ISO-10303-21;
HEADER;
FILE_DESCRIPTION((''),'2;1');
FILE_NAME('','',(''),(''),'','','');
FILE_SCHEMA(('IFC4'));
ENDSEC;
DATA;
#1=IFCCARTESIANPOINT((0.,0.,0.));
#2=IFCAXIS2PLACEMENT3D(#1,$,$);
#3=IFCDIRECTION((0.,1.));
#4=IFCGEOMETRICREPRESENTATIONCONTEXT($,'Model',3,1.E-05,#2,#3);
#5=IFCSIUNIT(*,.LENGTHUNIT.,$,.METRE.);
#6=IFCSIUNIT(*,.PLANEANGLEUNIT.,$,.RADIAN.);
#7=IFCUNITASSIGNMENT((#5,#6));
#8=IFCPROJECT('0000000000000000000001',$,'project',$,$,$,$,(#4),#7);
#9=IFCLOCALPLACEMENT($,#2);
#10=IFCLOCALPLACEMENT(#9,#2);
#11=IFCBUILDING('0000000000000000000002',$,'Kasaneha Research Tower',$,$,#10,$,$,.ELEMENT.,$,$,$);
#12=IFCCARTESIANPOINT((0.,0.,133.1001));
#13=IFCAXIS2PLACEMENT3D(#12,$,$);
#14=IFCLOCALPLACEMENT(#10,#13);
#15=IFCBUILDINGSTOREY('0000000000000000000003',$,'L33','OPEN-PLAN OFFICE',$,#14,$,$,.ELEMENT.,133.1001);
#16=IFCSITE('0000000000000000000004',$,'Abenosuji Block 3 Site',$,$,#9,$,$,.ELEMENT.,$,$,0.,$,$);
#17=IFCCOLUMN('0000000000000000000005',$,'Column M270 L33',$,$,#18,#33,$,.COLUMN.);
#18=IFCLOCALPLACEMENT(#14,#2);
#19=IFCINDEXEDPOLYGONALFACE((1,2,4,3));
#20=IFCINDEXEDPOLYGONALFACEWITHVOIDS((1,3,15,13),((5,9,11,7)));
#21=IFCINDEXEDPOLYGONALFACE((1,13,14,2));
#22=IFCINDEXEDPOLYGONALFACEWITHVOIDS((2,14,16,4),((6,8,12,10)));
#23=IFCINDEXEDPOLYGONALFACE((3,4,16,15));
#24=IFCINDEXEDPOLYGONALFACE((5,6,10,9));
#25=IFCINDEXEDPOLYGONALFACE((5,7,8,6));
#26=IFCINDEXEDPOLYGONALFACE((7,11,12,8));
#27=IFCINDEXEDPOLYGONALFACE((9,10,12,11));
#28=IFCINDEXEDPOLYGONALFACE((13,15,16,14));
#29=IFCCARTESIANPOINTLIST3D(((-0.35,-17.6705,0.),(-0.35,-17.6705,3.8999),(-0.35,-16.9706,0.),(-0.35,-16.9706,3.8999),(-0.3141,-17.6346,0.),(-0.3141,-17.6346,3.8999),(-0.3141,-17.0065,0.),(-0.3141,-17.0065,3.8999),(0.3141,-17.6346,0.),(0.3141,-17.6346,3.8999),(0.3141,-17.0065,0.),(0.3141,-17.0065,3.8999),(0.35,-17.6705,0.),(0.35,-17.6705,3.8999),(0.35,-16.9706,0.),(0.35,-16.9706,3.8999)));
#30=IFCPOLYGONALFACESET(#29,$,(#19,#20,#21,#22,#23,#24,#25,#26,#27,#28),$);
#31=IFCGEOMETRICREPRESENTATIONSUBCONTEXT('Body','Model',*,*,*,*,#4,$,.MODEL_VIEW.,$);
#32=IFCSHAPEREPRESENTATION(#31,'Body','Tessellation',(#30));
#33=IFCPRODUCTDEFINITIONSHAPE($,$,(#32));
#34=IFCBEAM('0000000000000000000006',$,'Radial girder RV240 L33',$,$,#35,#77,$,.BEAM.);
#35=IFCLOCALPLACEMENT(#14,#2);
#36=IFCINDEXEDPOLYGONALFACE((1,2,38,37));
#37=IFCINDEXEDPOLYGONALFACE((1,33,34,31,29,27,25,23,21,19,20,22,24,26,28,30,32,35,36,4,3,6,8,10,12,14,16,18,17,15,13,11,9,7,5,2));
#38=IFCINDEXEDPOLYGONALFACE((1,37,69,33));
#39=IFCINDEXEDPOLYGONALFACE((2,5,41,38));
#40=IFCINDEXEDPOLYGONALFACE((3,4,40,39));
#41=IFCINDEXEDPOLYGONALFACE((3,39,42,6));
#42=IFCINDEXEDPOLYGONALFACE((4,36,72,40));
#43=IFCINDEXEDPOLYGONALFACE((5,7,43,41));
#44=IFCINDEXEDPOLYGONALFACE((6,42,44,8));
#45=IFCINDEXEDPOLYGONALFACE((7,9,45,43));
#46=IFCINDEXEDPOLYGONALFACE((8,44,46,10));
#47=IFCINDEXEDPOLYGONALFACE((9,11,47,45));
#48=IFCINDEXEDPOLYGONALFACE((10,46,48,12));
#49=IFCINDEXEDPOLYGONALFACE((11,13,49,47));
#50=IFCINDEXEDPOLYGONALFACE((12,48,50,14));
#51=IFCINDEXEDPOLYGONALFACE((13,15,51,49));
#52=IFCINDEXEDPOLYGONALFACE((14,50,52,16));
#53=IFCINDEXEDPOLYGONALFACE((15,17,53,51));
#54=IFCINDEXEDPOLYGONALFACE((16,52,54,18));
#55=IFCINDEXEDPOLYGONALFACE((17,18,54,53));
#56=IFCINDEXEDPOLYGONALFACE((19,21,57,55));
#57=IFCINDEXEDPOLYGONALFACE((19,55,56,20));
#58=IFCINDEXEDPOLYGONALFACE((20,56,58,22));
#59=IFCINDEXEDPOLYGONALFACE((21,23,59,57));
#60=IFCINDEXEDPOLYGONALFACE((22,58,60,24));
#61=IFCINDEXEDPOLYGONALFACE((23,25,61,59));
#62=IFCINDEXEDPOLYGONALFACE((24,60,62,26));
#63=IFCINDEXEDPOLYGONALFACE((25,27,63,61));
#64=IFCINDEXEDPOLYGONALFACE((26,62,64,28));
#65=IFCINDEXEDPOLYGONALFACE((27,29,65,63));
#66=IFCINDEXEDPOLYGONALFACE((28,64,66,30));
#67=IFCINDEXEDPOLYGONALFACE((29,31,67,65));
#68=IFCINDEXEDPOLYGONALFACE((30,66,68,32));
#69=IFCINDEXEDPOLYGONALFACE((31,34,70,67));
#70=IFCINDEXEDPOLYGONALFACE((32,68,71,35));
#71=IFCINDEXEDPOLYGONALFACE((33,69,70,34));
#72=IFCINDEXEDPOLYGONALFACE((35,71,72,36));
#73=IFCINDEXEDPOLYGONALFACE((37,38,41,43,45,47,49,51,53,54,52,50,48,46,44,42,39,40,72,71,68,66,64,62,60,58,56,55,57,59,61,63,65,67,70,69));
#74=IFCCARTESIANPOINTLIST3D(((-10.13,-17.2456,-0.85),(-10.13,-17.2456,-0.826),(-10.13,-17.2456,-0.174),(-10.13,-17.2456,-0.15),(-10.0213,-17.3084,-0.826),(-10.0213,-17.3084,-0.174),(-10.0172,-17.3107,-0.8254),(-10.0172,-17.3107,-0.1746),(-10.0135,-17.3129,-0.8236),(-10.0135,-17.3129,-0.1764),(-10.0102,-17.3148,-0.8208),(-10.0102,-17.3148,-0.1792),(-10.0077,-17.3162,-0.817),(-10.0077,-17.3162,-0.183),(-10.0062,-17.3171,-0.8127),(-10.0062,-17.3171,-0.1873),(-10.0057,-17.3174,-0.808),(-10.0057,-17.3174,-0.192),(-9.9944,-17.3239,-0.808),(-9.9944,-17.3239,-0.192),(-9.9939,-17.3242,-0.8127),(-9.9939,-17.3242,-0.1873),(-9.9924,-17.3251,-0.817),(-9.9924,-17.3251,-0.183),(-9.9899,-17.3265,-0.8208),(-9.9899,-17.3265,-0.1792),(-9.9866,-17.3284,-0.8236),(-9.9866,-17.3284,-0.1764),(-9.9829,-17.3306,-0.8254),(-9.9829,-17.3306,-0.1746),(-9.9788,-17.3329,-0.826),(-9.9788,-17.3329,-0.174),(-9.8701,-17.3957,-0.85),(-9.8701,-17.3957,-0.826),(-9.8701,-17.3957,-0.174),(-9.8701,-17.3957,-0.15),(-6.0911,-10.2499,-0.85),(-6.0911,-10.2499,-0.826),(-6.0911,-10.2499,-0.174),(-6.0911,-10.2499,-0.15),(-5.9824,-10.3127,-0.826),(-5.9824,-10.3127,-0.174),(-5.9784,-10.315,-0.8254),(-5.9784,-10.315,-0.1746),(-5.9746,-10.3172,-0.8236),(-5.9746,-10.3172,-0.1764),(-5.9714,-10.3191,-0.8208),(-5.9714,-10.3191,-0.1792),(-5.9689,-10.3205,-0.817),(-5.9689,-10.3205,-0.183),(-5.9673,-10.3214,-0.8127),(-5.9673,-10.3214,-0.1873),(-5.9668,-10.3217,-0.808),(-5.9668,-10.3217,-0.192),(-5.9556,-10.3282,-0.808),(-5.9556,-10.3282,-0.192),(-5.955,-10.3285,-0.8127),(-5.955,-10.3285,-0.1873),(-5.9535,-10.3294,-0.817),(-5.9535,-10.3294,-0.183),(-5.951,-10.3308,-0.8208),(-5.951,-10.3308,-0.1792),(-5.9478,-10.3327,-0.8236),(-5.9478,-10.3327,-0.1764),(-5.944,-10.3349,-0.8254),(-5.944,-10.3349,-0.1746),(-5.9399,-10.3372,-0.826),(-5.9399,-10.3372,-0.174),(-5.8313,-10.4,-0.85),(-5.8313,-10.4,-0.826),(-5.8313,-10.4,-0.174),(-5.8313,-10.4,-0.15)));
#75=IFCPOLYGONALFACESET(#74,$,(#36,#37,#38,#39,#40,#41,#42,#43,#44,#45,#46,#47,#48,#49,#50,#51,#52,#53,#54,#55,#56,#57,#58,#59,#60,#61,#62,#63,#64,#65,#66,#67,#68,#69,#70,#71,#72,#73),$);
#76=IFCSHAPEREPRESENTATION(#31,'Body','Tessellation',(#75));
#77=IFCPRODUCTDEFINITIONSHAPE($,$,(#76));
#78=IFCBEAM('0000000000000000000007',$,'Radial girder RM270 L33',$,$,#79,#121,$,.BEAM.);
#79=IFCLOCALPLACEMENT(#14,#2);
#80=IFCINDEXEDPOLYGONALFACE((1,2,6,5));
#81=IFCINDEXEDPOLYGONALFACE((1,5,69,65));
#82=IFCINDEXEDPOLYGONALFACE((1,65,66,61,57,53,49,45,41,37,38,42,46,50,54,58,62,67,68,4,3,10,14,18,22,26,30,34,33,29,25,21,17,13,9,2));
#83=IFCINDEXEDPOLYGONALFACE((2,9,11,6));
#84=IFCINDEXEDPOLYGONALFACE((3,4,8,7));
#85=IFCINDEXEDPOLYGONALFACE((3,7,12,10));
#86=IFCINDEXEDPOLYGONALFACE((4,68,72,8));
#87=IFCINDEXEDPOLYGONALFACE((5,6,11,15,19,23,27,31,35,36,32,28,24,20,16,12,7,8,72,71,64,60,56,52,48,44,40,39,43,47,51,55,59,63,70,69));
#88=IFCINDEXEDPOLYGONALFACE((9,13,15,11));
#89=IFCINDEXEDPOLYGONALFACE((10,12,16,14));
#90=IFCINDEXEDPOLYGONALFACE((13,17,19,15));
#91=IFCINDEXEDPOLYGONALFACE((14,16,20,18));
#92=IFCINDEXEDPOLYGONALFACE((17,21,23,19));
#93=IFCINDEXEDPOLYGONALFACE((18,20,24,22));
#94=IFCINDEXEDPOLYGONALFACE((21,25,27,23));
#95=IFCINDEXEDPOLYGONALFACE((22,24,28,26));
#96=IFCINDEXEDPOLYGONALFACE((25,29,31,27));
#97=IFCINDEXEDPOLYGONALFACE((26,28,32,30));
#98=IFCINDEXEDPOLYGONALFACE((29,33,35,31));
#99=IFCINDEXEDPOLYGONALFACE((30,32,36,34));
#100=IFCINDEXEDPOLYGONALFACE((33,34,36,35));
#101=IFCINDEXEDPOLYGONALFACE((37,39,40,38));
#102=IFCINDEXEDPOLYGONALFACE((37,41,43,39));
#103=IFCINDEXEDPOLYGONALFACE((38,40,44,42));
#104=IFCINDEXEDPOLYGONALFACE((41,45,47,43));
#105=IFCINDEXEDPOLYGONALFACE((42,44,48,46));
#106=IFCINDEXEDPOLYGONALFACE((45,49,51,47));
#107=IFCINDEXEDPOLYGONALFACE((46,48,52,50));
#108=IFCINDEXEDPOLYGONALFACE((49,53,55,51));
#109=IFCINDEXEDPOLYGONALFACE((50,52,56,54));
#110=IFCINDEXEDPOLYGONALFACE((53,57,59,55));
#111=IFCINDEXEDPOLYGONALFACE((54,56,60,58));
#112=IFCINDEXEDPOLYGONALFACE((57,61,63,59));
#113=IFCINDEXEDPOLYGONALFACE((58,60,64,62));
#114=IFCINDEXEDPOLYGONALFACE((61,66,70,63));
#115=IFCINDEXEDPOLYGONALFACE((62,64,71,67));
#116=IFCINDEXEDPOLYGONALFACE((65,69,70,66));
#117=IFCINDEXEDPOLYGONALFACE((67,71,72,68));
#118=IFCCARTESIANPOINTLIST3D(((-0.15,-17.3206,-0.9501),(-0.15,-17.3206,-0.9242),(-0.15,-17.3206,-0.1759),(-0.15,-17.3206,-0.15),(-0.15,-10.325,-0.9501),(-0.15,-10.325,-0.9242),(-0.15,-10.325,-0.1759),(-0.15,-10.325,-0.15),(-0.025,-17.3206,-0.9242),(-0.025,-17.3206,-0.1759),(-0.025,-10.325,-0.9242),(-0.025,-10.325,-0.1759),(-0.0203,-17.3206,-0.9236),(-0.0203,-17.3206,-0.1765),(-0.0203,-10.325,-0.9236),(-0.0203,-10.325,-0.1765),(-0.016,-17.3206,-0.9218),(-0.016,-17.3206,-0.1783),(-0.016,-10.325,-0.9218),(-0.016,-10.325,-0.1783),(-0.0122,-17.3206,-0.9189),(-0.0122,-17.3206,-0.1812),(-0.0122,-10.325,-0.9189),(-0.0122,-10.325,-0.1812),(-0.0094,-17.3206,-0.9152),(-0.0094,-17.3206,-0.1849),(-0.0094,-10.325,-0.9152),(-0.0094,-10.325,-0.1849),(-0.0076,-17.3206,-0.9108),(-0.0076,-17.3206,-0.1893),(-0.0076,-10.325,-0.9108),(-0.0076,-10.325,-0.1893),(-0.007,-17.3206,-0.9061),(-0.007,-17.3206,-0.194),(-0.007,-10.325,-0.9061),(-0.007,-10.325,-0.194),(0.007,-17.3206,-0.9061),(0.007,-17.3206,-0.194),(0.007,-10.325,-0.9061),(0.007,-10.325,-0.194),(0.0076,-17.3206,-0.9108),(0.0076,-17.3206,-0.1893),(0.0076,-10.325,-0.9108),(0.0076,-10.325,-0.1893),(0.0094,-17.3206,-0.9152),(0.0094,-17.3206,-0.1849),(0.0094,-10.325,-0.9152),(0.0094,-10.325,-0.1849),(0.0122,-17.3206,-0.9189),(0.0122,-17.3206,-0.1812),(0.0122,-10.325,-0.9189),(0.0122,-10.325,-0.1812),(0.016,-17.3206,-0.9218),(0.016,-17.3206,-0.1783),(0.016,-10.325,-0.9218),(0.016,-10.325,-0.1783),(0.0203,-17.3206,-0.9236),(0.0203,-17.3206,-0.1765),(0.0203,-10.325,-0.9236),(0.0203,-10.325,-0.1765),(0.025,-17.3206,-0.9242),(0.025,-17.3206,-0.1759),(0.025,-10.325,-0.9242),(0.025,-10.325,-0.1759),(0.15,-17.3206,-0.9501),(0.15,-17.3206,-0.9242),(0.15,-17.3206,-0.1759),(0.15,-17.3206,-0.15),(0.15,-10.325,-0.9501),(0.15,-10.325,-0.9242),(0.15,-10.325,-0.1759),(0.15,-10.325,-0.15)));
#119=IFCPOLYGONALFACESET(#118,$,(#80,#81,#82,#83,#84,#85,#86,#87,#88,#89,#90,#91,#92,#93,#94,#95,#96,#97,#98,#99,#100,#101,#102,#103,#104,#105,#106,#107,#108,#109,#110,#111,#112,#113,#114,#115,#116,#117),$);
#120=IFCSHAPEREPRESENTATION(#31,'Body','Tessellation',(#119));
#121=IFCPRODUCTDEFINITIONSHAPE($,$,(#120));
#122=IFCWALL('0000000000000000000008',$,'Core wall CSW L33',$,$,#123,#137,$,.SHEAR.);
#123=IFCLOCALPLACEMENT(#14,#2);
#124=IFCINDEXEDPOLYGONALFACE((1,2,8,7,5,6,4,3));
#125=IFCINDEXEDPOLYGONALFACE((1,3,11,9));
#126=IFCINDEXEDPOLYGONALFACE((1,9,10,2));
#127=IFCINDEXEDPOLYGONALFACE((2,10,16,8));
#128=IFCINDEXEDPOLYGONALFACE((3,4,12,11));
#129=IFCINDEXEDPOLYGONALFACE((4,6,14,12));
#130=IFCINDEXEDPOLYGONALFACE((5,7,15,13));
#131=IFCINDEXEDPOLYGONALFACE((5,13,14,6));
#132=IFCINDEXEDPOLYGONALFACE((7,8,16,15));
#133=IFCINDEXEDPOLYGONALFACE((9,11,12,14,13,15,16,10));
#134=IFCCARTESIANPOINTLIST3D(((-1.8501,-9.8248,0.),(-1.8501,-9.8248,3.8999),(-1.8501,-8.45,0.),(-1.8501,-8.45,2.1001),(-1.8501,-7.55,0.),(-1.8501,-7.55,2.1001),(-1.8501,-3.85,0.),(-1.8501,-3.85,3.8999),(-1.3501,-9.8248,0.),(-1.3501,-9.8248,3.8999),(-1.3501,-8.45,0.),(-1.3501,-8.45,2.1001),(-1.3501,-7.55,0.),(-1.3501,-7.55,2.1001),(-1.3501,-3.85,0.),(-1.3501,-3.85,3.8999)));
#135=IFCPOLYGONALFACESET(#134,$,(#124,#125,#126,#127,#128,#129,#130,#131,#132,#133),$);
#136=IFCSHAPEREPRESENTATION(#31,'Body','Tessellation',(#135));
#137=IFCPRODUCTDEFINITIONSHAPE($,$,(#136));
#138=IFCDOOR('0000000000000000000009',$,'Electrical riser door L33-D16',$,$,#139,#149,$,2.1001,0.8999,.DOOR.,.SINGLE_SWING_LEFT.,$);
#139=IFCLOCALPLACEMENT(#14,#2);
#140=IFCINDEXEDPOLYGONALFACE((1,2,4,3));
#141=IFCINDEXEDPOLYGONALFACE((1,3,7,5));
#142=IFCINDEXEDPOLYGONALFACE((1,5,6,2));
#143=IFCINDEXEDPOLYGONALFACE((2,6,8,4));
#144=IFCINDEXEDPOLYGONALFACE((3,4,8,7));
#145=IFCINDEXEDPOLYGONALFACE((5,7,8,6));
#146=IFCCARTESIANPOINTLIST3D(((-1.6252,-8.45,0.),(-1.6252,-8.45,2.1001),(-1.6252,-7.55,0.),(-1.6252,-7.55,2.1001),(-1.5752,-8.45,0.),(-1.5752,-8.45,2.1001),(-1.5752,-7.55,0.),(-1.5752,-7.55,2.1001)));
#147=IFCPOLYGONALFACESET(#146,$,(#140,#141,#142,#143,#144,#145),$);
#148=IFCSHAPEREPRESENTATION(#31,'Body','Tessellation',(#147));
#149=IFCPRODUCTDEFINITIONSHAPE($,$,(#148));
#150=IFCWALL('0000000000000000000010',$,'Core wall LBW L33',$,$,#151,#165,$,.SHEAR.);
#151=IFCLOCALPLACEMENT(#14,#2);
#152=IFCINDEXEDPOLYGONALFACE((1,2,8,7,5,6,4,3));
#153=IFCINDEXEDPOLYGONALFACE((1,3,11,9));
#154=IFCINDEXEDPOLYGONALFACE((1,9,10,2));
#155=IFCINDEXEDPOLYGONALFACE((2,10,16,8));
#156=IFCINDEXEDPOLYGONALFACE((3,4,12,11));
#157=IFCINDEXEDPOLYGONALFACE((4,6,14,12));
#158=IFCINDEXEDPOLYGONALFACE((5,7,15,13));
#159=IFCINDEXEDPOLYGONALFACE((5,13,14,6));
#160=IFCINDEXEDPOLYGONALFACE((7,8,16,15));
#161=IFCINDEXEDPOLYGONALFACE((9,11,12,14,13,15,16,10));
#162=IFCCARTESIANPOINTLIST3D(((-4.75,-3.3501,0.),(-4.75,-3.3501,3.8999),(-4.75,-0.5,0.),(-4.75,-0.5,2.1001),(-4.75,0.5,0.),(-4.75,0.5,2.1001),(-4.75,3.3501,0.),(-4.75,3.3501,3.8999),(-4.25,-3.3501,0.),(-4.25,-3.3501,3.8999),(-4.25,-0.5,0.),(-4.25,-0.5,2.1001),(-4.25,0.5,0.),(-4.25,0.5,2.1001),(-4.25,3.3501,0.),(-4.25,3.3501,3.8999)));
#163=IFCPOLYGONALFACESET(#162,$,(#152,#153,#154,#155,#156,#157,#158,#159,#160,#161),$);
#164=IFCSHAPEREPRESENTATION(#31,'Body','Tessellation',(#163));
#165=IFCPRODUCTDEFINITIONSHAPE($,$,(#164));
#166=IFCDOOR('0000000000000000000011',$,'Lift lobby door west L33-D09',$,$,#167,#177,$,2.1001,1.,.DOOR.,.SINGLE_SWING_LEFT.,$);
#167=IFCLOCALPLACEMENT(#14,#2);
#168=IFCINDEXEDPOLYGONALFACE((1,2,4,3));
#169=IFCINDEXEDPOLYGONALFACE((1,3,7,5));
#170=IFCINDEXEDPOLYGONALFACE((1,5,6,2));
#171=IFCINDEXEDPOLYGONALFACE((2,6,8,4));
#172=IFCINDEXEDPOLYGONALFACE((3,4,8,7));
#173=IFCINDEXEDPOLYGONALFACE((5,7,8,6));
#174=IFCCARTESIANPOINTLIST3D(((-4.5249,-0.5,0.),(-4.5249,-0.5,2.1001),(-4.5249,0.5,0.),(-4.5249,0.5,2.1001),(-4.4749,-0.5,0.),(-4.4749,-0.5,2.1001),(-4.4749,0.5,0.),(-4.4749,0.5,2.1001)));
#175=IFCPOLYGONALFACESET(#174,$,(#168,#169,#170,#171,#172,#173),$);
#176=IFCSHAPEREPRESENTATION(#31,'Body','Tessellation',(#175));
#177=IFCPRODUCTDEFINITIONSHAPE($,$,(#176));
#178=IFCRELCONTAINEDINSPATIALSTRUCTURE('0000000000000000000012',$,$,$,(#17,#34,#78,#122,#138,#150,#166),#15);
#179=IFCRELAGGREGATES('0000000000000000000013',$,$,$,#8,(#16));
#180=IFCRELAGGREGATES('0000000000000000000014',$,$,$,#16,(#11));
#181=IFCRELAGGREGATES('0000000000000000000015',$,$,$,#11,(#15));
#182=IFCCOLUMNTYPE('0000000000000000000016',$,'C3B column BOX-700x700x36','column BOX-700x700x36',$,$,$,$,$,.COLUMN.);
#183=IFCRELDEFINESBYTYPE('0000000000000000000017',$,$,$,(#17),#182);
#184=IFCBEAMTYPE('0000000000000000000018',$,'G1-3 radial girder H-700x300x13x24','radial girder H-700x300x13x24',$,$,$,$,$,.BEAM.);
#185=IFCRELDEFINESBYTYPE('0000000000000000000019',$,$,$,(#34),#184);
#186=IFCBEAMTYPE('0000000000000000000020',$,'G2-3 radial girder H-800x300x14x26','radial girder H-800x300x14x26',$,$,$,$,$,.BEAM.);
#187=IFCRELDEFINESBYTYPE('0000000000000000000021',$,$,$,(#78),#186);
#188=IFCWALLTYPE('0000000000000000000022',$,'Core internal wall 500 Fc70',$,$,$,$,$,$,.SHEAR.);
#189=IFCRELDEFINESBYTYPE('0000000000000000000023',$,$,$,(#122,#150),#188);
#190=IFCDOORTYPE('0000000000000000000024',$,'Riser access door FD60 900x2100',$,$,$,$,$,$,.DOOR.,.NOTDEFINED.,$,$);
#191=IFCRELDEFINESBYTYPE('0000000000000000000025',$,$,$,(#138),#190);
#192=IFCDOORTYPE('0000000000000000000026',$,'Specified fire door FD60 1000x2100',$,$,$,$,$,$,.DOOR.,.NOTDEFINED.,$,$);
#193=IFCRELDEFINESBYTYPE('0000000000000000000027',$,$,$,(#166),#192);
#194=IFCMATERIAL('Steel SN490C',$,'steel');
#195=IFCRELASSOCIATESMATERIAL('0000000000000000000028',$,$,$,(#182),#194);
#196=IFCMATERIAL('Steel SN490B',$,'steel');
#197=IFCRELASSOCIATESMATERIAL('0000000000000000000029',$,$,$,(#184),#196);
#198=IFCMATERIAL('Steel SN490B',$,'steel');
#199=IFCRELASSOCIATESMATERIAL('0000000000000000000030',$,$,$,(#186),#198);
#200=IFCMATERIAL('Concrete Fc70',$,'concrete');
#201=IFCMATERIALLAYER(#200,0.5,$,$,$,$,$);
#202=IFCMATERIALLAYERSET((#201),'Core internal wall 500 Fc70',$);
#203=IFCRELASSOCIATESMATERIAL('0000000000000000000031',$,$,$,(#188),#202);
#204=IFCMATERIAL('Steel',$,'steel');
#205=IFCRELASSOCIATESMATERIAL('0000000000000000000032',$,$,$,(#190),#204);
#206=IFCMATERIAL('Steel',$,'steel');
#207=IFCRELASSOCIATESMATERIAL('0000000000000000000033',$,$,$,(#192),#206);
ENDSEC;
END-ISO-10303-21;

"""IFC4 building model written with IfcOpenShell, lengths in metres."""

from ifc_helpers import new_model, si_unit, direction, frame, frame_2d, origin, origin_2d, place, context, subcontext, project, spatial, rectangle, hollow_rectangle, i_section, extrude, material, layer, layer_set, material_profile, profile_set, type_object, element, fill, save


model = new_model("IFC4")

# Units and contexts
model_context = context("Model", 3, precision=1e-05, world=origin(), true_north=direction((0.0, 1.0)))
body_context = subcontext(model_context, "Body", "Model", "MODEL_VIEW")
ifc_project = project(units=[si_unit("LENGTHUNIT", "METRE"), si_unit("PLANEANGLEUNIT", "RADIAN")], contexts=[model_context])

# Site, building, storey
site_placement = place(None, origin())
site = spatial("IfcSite", under=ifc_project, at=site_placement, Name="Abenosuji Block 3 Site", CompositionType="ELEMENT", RefElevation=0.0)
building_placement = place(site_placement, origin())
building = spatial("IfcBuilding", under=site, at=building_placement, Name="Kasaneha Research Tower", CompositionType="ELEMENT")
storey_placement = place(building_placement, frame((0.0, 0.0, 133.1001)))
storey = spatial("IfcBuildingStorey", under=building, at=storey_placement, Name="L33", Description="OPEN-PLAN OFFICE", CompositionType="ELEMENT", Elevation=133.1001)

# Column
ifc_material_1 = material(Name="Steel SN490C", Category="steel")
ifc_material_profile_1 = material_profile(ifc_material_1, hollow_rectangle(XDim=0.7, YDim=0.7, WallThickness=0.0359, at=origin_2d()), Name="BOX-700x700x36")
ifc_profile_set_1 = profile_set([ifc_material_profile_1], Name="Steel SN490C")
column_type = type_object("IfcColumnType", Name="C3B column BOX-700x700x36", Description="column BOX-700x700x36", PredefinedType="COLUMN", material=ifc_profile_set_1)
column_placement = place(storey_placement, frame((0.0, -17.3206, 0.0), z_axis=(0.0, 0.0, 1.0), x_axis=(1.0, 0.0, 0.0)))
element("IfcColumn", 1, at=column_placement, inside=storey, type_object=column_type, Name="Column M270 L33", PredefinedType="COLUMN", context=body_context, shape_type="SweptSolid", body=[
    extrude(hollow_rectangle(XDim=0.7, YDim=0.7, WallThickness=0.0359, at=origin_2d()), origin(), (0.0, 0.0, 1.0), 3.8999),
])

# Beams
ifc_material_2 = material(Name="Steel SN490B", Category="steel")
ifc_material_profile_2 = material_profile(ifc_material_2, i_section(OverallWidth=0.3, OverallDepth=0.7, WebThickness=0.0129, FlangeThickness=0.0239, FilletRadius=0.0181, at=origin_2d()), Name="H-700x300x13x24")
ifc_profile_set_2 = profile_set([ifc_material_profile_2], Name="Steel SN490B")
beam_type_1 = type_object("IfcBeamType", Name="G1-3 radial girder H-700x300x13x24", Description="radial girder H-700x300x13x24", PredefinedType="BEAM", material=ifc_profile_set_2)
beam_1_placement = place(storey_placement, frame((-5.9612, -10.325, -0.5), z_axis=(-0.499991, -0.866031, 0.0), x_axis=(0.866031, -0.499991, 0.0)))
element("IfcBeam", 2, at=beam_1_placement, inside=storey, type_object=beam_type_1, Name="Radial girder RV240 L33", PredefinedType="BEAM", context=body_context, shape_type="SweptSolid", body=[
    extrude(i_section(OverallWidth=0.3, OverallDepth=0.7, WebThickness=0.0129, FlangeThickness=0.0239, FilletRadius=0.0181, at=origin_2d()), origin(), (0.0, 0.0, 1.0), 8.0779),
])
ifc_material_3 = material(Name="Steel SN490B", Category="steel")
ifc_material_profile_3 = material_profile(ifc_material_3, i_section(OverallWidth=0.3, OverallDepth=0.8, WebThickness=0.0139, FlangeThickness=0.0259, FilletRadius=0.0181, at=origin_2d()), Name="H-800x300x14x26")
ifc_profile_set_3 = profile_set([ifc_material_profile_3], Name="Steel SN490B")
beam_type_2 = type_object("IfcBeamType", Name="G2-3 radial girder H-800x300x14x26", Description="radial girder H-800x300x14x26", PredefinedType="BEAM", material=ifc_profile_set_3)
beam_2_placement = place(storey_placement, frame((0.0, -10.325, -0.55), z_axis=(0.0, -1.0, 0.0), x_axis=(1.0, 0.0, 0.0)))
element("IfcBeam", 3, at=beam_2_placement, inside=storey, type_object=beam_type_2, Name="Radial girder RM270 L33", PredefinedType="BEAM", context=body_context, shape_type="SweptSolid", body=[
    extrude(i_section(OverallWidth=0.3, OverallDepth=0.8, WebThickness=0.0139, FlangeThickness=0.0259, FilletRadius=0.0181, at=origin_2d()), origin(), (0.0, 0.0, 1.0), 6.9956),
])

# Walls, openings, doors
ifc_material_4 = material(Name="Concrete Fc70", Category="concrete")
ifc_layer_1 = layer(ifc_material_4, 0.5)
ifc_layer_set_1 = layer_set([ifc_layer_1], Name="Core internal wall 500 Fc70")
wall_type_1 = type_object("IfcWallType", Name="Core internal wall 500 Fc70", PredefinedType="SHEAR", material=ifc_layer_set_1)
wall_1_placement = place(storey_placement, frame((-1.6001, -3.8501, 0.0), z_axis=(0.0, 0.0, 1.0), x_axis=(0.0, -1.0, 0.0)))
wall_1 = element("IfcWall", 4, at=wall_1_placement, inside=storey, type_object=wall_type_1, Name="Core wall CSW L33", PredefinedType="SHEAR", context=body_context, shape_type="SweptSolid", body=[
    extrude(rectangle(XDim=5.9749, YDim=0.5, at=frame_2d((2.9873, 0.0))), origin(), (0.0, 0.0, 1.0), 3.8999),
])
opening_1_placement = place(wall_1_placement, frame((3.7, 0.0, 0.0)))
opening_1 = element("IfcOpeningElement", 5, at=opening_1_placement, cuts=wall_1, PredefinedType="OPENING", context=body_context, shape_type="SweptSolid", body=[
    extrude(rectangle(XDim=0.8999, YDim=2.1001, at=frame_2d((0.45, 1.05))), frame((0.0, 0.26, 0.0), z_axis=(0.0, -1.0, 0.0), x_axis=(1.0, 0.0, 0.0)), (0.0, 0.0, 1.0), 0.52),
])
ifc_material_5 = material(Name="Steel", Category="steel")
door_type_1 = type_object("IfcDoorType", Name="Riser access door FD60 900x2100", OperationType="NOTDEFINED", PredefinedType="DOOR", material=ifc_material_5)
door_1_placement = place(opening_1_placement, origin())
door_1 = element("IfcDoor", 6, at=door_1_placement, inside=storey, type_object=door_type_1, Name="Electrical riser door L33-D16", OperationType="SINGLE_SWING_LEFT", OverallHeight=2.1001, OverallWidth=0.8999, PredefinedType="DOOR", context=body_context, shape_type="SweptSolid", body=[
    extrude(rectangle(XDim=0.8999, YDim=2.1001, at=frame_2d((0.45, 1.05))), frame((0.0, 0.0249, 0.0), z_axis=(0.0, -1.0, 0.0), x_axis=(1.0, 0.0, 0.0)), (0.0, 0.0, 1.0), 0.05),
])
fill(opening_1, door_1)
wall_2_placement = place(storey_placement, frame((-4.5, -3.3501, 0.0), z_axis=(0.0, 0.0, 1.0), x_axis=(0.0, 1.0, 0.0)))
wall_2 = element("IfcWall", 7, at=wall_2_placement, inside=storey, type_object=wall_type_1, Name="Core wall LBW L33", PredefinedType="SHEAR", context=body_context, shape_type="SweptSolid", body=[
    extrude(rectangle(XDim=6.7002, YDim=0.5, at=frame_2d((3.3501, 0.0))), origin(), (0.0, 0.0, 1.0), 3.8999),
])
opening_2_placement = place(wall_2_placement, frame((2.8501, 0.0, 0.0)))
opening_2 = element("IfcOpeningElement", 8, at=opening_2_placement, cuts=wall_2, PredefinedType="OPENING", context=body_context, shape_type="SweptSolid", body=[
    extrude(rectangle(XDim=1.0, YDim=2.1001, at=frame_2d((0.5, 1.05))), frame((0.0, 0.26, 0.0), z_axis=(0.0, -1.0, 0.0), x_axis=(1.0, 0.0, 0.0)), (0.0, 0.0, 1.0), 0.52),
])
ifc_material_6 = material(Name="Steel", Category="steel")
door_type_2 = type_object("IfcDoorType", Name="Specified fire door FD60 1000x2100", OperationType="NOTDEFINED", PredefinedType="DOOR", material=ifc_material_6)
door_2_placement = place(opening_2_placement, origin())
door_2 = element("IfcDoor", 9, at=door_2_placement, inside=storey, type_object=door_type_2, Name="Lift lobby door west L33-D09", OperationType="SINGLE_SWING_LEFT", OverallHeight=2.1001, OverallWidth=1.0, PredefinedType="DOOR", context=body_context, shape_type="SweptSolid", body=[
    extrude(rectangle(XDim=1.0, YDim=2.1001, at=frame_2d((0.5, 1.05))), frame((0.0, 0.0249, 0.0), z_axis=(0.0, -1.0, 0.0), x_axis=(1.0, 0.0, 0.0)), (0.0, 0.0, 1.0), 0.05),
])
fill(opening_2, door_2)

save(model, "model.ifc")
